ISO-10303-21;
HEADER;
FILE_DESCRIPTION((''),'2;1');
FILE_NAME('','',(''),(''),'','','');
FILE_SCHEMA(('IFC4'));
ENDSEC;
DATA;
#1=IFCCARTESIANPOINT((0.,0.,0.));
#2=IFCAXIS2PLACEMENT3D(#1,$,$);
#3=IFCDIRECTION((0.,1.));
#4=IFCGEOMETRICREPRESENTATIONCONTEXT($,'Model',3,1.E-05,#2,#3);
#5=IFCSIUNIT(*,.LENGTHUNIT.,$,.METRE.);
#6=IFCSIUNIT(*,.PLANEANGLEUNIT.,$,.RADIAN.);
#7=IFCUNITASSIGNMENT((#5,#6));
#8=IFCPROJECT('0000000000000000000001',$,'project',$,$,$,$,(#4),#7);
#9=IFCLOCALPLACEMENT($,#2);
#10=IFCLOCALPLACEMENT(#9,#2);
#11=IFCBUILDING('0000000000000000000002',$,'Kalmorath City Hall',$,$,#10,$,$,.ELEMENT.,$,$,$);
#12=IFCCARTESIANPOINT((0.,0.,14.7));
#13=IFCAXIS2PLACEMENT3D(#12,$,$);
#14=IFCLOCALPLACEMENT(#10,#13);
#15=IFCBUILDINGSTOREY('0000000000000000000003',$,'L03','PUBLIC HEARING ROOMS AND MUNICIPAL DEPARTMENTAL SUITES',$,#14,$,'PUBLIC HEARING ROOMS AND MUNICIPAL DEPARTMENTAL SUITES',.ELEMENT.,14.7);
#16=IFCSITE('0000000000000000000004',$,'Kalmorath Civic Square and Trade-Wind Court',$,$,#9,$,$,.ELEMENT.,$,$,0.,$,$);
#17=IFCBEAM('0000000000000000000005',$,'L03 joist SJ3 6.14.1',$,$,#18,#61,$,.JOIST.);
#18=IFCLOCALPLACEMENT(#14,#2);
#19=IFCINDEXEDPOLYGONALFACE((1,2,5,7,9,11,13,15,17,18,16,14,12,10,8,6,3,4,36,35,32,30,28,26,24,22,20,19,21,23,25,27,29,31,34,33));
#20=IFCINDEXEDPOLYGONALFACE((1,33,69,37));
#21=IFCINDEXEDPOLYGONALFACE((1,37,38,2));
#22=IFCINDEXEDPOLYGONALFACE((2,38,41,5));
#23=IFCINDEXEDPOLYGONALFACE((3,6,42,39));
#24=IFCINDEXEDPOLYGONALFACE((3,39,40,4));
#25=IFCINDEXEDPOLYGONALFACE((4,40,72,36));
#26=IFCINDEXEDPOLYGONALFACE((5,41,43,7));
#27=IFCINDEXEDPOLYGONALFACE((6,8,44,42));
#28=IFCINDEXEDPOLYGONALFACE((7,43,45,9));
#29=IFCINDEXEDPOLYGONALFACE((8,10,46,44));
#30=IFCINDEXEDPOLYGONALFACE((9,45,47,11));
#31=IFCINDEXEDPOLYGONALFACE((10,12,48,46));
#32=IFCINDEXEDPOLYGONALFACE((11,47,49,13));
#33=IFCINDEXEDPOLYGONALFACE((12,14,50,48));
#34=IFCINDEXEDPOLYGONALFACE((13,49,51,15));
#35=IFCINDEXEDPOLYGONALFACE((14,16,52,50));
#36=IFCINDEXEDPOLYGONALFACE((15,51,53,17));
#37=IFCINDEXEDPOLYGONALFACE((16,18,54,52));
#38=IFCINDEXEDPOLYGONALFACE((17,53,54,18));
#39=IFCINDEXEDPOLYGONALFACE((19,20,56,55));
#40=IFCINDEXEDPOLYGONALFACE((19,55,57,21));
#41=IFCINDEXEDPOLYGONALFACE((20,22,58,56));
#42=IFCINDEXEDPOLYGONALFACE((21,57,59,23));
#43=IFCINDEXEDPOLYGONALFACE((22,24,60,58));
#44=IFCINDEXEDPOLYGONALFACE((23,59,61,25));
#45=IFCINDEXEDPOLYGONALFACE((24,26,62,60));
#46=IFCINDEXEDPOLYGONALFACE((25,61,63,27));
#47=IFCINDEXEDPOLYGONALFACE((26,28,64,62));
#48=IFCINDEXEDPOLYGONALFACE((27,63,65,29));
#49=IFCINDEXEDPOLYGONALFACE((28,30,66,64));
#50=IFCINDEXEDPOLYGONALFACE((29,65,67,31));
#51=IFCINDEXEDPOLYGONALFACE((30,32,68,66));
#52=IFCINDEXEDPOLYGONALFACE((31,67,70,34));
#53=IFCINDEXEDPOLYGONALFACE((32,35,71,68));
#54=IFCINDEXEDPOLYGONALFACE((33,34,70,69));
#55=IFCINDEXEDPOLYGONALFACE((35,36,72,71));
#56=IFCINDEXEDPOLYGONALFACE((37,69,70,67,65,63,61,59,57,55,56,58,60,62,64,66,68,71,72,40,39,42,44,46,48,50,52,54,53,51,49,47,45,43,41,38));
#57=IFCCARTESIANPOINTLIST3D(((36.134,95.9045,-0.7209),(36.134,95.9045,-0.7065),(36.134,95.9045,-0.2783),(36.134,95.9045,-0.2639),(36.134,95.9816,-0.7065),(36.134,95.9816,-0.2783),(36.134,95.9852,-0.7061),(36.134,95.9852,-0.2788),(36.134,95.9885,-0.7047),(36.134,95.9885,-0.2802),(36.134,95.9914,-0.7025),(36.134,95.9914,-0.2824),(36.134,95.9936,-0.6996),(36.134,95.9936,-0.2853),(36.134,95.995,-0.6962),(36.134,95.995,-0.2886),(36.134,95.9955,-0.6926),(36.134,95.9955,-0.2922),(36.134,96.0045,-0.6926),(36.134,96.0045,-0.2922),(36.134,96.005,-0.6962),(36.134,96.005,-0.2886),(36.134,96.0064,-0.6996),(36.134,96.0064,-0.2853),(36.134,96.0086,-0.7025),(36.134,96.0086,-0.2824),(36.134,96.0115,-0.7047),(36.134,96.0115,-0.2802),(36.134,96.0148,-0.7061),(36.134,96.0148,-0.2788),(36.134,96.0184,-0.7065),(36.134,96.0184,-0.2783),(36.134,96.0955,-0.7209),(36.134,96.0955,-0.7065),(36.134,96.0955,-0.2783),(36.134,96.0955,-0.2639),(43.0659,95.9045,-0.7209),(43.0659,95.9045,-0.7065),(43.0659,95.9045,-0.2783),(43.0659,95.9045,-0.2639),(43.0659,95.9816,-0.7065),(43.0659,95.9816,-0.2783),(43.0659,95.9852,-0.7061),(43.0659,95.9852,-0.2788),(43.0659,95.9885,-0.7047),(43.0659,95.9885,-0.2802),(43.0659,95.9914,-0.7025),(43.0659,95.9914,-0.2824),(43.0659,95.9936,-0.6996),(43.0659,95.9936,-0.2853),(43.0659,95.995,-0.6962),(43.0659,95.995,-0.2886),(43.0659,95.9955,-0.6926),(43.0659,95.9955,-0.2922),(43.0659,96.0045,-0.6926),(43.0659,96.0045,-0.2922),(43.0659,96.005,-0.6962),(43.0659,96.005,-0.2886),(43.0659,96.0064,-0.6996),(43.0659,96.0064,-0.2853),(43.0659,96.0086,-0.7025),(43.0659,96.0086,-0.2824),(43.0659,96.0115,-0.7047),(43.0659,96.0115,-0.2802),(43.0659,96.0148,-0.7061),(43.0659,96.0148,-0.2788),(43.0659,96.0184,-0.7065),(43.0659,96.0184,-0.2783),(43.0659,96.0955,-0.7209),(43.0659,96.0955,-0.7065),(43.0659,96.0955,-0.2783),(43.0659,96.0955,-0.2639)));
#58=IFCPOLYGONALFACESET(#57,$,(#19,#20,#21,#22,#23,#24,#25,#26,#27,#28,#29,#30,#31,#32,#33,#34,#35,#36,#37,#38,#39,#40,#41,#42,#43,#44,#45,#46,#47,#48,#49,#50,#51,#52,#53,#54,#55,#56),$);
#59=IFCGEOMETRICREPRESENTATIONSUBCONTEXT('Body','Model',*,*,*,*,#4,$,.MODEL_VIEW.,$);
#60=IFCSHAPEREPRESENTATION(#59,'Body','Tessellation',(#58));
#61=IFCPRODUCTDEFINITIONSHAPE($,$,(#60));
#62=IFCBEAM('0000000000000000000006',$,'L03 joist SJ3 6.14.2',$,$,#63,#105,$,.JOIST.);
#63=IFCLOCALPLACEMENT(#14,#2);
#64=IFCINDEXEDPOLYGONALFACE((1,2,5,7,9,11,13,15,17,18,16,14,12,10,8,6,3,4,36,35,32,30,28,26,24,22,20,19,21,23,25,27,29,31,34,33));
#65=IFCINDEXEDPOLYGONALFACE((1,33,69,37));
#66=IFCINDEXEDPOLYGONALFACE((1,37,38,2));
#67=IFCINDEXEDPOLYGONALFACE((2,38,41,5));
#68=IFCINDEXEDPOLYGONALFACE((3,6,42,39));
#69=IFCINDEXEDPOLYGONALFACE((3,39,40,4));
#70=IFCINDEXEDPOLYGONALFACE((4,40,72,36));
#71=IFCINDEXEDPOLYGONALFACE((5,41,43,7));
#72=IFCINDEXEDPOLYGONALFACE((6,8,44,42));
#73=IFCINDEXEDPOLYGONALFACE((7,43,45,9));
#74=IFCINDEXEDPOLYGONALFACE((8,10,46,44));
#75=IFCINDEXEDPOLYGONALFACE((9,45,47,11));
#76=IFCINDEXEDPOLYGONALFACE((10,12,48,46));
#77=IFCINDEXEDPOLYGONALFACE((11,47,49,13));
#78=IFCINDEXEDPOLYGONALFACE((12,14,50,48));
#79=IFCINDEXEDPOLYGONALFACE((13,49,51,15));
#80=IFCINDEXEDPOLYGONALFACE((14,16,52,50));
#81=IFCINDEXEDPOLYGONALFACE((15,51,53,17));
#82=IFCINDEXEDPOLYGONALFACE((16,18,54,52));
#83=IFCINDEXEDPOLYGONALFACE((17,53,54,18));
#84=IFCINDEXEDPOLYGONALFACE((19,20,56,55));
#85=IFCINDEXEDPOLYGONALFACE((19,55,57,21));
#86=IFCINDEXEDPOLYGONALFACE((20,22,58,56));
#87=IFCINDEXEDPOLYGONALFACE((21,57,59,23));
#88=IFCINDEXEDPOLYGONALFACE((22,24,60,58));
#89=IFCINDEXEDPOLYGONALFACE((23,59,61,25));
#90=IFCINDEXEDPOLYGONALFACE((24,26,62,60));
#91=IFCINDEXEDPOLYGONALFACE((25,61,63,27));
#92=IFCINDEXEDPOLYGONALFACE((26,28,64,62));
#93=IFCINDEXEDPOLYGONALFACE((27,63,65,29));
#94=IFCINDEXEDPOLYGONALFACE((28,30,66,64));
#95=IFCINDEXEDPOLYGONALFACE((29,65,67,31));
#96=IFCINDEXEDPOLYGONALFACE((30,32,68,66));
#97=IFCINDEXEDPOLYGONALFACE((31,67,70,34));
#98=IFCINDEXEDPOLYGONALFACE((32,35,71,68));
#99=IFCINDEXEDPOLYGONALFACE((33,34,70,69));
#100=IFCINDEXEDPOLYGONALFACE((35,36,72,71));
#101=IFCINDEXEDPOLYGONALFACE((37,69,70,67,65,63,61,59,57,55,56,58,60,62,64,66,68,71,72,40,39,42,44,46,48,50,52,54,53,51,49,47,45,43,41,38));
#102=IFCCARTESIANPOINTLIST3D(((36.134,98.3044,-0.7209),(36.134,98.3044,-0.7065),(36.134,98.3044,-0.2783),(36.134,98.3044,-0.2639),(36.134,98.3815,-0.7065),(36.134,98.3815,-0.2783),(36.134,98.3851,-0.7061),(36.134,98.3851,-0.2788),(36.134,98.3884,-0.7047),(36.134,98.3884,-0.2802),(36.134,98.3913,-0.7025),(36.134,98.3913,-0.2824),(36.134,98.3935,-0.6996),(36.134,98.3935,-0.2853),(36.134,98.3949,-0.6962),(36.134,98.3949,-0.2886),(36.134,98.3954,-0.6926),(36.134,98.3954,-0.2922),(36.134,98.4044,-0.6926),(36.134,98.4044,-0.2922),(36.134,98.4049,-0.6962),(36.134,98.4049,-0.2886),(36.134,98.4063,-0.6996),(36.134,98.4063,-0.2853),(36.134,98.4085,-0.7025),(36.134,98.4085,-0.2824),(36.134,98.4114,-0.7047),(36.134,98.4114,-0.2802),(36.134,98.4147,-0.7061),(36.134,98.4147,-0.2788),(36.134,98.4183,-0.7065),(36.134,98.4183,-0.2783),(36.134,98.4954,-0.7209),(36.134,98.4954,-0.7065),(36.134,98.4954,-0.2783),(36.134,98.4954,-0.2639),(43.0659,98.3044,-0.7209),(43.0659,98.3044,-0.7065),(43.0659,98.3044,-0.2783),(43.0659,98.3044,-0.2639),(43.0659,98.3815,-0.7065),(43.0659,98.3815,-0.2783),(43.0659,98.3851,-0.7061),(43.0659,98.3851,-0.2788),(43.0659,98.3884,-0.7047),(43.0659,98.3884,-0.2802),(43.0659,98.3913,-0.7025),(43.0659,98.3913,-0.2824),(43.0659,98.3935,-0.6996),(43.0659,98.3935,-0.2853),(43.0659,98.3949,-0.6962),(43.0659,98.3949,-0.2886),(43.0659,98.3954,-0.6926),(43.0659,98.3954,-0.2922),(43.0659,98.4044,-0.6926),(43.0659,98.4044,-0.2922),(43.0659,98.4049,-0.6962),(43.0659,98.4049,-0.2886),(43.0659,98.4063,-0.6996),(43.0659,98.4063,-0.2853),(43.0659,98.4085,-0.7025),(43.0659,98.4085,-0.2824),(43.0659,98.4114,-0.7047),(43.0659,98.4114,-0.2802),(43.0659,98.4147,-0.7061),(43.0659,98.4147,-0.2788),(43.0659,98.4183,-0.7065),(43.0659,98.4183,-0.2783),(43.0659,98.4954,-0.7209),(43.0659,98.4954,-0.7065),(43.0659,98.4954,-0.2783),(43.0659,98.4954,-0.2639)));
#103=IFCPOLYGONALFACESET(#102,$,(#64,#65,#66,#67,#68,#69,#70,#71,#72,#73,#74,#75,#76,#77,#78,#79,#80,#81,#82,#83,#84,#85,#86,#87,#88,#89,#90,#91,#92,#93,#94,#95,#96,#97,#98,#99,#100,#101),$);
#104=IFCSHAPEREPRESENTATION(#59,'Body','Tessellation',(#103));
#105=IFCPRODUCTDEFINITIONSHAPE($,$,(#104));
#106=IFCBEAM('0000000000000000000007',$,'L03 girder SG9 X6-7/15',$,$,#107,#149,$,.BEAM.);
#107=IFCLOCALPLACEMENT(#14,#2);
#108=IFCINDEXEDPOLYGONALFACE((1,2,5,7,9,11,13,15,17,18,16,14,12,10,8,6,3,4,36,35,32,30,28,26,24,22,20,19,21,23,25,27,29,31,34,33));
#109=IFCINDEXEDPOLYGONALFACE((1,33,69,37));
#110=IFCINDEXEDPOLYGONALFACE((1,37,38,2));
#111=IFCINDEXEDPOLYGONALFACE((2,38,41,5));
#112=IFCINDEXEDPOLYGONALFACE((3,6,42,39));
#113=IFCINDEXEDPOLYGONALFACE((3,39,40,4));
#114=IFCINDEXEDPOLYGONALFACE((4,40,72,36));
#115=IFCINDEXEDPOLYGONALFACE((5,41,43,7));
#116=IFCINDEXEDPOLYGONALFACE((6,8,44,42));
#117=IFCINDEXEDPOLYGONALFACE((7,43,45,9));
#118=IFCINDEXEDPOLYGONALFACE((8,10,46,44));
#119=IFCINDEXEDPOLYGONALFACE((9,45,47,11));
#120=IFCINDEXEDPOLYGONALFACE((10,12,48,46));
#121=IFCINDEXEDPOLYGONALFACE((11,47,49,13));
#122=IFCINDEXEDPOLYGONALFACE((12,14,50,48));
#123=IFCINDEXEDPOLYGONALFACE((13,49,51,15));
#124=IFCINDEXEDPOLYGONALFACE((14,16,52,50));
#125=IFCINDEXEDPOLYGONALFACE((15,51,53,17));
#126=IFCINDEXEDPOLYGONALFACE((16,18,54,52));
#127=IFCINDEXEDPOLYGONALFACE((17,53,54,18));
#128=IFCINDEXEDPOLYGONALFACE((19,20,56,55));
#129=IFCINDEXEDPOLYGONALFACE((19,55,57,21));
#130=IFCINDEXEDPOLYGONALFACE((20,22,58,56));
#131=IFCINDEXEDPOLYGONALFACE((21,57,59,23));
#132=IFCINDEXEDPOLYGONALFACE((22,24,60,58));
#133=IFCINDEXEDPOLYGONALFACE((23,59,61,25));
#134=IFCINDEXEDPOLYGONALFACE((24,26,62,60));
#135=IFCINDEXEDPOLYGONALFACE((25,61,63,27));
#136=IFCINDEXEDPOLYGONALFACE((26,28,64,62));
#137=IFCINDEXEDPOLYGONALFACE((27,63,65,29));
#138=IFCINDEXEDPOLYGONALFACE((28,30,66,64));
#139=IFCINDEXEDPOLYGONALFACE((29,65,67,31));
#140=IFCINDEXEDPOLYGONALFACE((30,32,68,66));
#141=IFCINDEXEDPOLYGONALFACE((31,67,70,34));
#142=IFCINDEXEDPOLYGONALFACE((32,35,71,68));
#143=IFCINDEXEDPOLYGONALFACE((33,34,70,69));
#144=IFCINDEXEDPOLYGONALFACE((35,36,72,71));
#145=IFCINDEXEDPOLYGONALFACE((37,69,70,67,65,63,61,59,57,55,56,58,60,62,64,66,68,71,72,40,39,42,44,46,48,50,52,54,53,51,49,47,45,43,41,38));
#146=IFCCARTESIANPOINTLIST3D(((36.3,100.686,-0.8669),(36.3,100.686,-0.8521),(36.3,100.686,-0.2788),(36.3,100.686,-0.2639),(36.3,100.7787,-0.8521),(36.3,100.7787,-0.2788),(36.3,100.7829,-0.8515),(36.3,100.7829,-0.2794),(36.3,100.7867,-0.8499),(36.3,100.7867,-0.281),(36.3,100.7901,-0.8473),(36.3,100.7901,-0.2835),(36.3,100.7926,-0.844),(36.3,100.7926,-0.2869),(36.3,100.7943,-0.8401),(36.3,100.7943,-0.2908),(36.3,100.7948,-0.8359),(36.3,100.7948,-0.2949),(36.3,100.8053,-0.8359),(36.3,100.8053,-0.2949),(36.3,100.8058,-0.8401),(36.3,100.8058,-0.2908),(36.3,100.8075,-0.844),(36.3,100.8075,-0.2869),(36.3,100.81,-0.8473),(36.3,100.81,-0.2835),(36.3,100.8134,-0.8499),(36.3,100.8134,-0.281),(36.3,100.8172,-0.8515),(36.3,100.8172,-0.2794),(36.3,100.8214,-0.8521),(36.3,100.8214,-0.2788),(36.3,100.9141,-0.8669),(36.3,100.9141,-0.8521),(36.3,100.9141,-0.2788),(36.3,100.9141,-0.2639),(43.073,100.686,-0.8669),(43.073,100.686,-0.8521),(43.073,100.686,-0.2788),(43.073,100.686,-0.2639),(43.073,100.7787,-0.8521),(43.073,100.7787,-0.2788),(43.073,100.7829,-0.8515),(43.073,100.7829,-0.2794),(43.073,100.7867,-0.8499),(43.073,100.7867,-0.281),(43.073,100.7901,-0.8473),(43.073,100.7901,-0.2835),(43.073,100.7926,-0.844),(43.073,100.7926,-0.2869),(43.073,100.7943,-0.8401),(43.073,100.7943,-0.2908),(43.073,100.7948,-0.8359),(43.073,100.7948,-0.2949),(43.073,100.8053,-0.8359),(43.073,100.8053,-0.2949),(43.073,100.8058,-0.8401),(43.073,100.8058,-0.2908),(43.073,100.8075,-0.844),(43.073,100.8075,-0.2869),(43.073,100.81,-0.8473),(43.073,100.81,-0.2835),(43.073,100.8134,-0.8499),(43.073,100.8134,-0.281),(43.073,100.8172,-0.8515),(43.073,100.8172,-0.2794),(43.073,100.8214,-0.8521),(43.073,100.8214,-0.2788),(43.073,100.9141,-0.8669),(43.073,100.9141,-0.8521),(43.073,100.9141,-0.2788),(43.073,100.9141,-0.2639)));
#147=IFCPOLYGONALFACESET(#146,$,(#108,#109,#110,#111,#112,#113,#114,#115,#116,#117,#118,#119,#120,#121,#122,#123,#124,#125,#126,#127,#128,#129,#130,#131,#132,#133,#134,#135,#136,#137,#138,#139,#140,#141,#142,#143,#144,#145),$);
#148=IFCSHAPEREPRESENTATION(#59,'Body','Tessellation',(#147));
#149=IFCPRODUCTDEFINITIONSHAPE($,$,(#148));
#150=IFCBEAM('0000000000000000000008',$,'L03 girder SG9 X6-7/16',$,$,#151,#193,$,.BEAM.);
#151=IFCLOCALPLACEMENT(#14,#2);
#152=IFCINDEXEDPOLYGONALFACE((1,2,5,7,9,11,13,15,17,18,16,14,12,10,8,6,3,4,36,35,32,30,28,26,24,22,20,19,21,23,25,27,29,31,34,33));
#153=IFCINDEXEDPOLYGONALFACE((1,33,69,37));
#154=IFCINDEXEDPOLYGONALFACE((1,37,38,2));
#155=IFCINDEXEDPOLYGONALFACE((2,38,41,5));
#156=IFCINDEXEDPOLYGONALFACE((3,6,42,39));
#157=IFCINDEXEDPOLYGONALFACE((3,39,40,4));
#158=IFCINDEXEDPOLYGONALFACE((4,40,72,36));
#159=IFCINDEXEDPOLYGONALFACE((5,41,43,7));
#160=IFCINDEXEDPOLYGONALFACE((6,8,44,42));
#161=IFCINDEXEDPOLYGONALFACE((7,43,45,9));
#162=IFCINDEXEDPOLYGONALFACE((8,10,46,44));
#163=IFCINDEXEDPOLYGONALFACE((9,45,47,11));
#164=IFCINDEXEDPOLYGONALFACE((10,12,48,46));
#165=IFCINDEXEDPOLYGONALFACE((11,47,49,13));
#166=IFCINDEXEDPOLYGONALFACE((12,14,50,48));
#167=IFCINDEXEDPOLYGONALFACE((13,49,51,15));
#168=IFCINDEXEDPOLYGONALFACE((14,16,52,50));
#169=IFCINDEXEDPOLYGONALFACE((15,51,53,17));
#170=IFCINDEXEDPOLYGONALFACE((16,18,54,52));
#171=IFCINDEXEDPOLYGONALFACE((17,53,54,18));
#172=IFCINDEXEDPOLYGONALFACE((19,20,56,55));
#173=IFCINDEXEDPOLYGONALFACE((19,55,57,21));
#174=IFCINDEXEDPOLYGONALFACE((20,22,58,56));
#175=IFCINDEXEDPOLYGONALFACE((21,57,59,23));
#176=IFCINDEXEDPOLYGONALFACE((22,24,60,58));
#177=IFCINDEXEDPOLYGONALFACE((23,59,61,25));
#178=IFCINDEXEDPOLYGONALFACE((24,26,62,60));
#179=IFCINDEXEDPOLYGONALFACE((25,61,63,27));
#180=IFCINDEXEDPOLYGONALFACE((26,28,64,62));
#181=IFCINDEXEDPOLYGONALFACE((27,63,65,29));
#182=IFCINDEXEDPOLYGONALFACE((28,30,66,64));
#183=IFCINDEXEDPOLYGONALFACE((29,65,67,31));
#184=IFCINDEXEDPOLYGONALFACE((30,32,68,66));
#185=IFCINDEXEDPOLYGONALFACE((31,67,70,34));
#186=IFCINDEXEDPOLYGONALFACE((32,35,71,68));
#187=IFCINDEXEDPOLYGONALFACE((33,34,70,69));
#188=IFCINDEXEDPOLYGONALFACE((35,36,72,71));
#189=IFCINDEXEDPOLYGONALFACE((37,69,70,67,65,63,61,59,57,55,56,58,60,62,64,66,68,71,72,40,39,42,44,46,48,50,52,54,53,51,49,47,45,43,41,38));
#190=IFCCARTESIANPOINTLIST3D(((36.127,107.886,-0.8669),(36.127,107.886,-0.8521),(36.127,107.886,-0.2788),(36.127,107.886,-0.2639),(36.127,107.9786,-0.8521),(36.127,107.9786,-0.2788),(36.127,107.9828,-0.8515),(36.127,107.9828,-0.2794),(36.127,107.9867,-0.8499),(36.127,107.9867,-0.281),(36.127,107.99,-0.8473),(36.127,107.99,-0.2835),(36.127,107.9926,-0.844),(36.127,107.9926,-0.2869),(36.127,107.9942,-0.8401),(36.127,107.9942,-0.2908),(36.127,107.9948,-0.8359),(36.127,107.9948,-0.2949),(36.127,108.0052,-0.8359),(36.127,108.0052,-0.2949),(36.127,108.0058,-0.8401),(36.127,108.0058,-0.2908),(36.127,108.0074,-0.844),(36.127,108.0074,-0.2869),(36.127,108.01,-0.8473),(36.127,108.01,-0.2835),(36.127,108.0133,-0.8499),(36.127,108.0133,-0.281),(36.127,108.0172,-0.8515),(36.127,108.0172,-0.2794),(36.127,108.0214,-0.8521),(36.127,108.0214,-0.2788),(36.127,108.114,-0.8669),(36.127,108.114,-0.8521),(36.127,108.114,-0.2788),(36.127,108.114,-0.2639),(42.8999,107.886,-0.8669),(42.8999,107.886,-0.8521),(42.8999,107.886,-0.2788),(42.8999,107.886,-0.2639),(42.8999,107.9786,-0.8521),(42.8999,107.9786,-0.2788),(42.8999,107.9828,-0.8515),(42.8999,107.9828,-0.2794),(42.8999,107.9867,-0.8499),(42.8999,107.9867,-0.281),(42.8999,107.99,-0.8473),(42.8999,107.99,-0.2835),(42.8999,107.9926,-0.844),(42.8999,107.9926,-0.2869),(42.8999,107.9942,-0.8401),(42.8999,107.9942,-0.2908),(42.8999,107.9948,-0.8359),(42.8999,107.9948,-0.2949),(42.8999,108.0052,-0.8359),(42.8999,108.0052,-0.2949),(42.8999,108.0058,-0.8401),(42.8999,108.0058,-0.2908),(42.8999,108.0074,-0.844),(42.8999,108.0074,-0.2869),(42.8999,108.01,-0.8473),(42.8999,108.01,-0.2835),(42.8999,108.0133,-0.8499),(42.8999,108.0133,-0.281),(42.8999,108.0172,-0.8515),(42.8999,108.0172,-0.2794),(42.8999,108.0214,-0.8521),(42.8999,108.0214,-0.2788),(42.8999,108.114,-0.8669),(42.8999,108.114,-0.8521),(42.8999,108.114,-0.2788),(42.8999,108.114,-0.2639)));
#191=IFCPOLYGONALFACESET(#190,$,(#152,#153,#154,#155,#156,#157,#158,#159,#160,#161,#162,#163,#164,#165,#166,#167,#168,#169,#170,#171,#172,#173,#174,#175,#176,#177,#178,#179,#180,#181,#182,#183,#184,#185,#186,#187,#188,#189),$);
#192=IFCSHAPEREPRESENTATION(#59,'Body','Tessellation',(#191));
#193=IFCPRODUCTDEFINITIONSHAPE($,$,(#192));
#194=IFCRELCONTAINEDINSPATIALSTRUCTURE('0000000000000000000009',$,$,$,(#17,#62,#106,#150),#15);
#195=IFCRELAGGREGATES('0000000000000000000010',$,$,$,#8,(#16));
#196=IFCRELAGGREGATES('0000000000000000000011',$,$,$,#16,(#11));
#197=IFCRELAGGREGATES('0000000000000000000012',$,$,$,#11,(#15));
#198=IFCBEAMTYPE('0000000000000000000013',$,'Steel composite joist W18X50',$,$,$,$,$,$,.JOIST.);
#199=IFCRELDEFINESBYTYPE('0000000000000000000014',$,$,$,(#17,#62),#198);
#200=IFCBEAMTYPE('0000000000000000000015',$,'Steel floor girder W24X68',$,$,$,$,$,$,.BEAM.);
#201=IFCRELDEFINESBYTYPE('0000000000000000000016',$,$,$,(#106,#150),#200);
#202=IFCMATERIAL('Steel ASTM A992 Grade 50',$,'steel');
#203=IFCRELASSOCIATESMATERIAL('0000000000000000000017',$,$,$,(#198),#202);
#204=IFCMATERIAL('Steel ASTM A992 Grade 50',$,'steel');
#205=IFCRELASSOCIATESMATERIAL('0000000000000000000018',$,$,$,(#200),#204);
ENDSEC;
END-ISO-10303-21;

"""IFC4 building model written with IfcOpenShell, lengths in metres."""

from ifc_helpers import new_model, si_unit, direction, frame, origin, origin_2d, place, context, subcontext, project, spatial, i_section, extrude, material, material_profile, profile_set, type_object, element, save


model = new_model("IFC4")

# Units and contexts
model_context = context("Model", 3, precision=1e-05, world=origin(), true_north=direction((0.0, 1.0)))
body_context = subcontext(model_context, "Body", "Model", "MODEL_VIEW")
ifc_project = project(units=[si_unit("LENGTHUNIT", "METRE"), si_unit("PLANEANGLEUNIT", "RADIAN")], contexts=[model_context])

# Site, building, storey
site_placement = place(None, origin())
site = spatial("IfcSite", under=ifc_project, at=site_placement, Name="Kalmorath Civic Square and Trade-Wind Court", CompositionType="ELEMENT", RefElevation=0.0)
building_placement = place(site_placement, origin())
building = spatial("IfcBuilding", under=site, at=building_placement, Name="Kalmorath City Hall", CompositionType="ELEMENT")
storey_placement = place(building_placement, frame((0.0, 0.0, 14.7)))
storey = spatial("IfcBuildingStorey", under=building, at=storey_placement, Name="L03", Description="PUBLIC HEARING ROOMS AND MUNICIPAL DEPARTMENTAL SUITES", LongName="PUBLIC HEARING ROOMS AND MUNICIPAL DEPARTMENTAL SUITES", CompositionType="ELEMENT", Elevation=14.7)

# Beams
ifc_material_1 = material(Name="Steel ASTM A992 Grade 50", Category="steel")
ifc_material_profile_1 = material_profile(ifc_material_1, i_section(OverallWidth=0.1909, OverallDepth=0.457, WebThickness=0.009, FlangeThickness=0.0144, FilletRadius=0.0139, at=origin_2d()), Name="W18X50")
ifc_profile_set_1 = profile_set([ifc_material_profile_1], Name="Steel ASTM A992 Grade 50")
beam_type_1 = type_object("IfcBeamType", Name="Steel composite joist W18X50", PredefinedType="JOIST", material=ifc_profile_set_1)
for number, where, z_axis, x_axis, name in (
    (1, (36.134, 96.0, -0.4924), (1.0, 0.0, 0.0), (0.0, 1.0, 0.0), "L03 joist SJ3 6.14.1"),
    (2, (36.134, 98.3999, -0.4924), (1.0, 0.0, 0.0), (0.0, 1.0, 0.0), "L03 joist SJ3 6.14.2"),
):
    element("IfcBeam", number, at=place(storey_placement, frame(where, z_axis=z_axis, x_axis=x_axis)), inside=storey, type_object=beam_type_1, Name=name, PredefinedType="JOIST", context=body_context, shape_type="SweptSolid", body=[
        extrude(i_section(OverallWidth=0.1909, OverallDepth=0.457, WebThickness=0.009, FlangeThickness=0.0144, FilletRadius=0.0139, at=origin_2d()), origin(), (0.0, 0.0, 1.0), 6.9319),
    ])
ifc_material_2 = material(Name="Steel ASTM A992 Grade 50", Category="steel")
ifc_material_profile_2 = material_profile(ifc_material_2, i_section(OverallWidth=0.228, OverallDepth=0.603, WebThickness=0.0105, FlangeThickness=0.0149, FilletRadius=0.0161, at=origin_2d()), Name="W24X68")
ifc_profile_set_2 = profile_set([ifc_material_profile_2], Name="Steel ASTM A992 Grade 50")
beam_type_2 = type_object("IfcBeamType", Name="Steel floor girder W24X68", PredefinedType="BEAM", material=ifc_profile_set_2)
for number, where, z_axis, x_axis, name in (
    (3, (36.3, 100.8, -0.5654), (1.0, 0.0, 0.0), (0.0, 1.0, 0.0), "L03 girder SG9 X6-7/15"),
    (4, (36.127, 108.0, -0.5654), (1.0, 0.0, 0.0), (0.0, 1.0, 0.0), "L03 girder SG9 X6-7/16"),
):
    element("IfcBeam", number, at=place(storey_placement, frame(where, z_axis=z_axis, x_axis=x_axis)), inside=storey, type_object=beam_type_2, Name=name, PredefinedType="BEAM", context=body_context, shape_type="SweptSolid", body=[
        extrude(i_section(OverallWidth=0.228, OverallDepth=0.603, WebThickness=0.0105, FlangeThickness=0.0149, FilletRadius=0.0161, at=origin_2d()), origin(), (0.0, 0.0, 1.0), 6.7729),
    ])

save(model, "model.ifc")
